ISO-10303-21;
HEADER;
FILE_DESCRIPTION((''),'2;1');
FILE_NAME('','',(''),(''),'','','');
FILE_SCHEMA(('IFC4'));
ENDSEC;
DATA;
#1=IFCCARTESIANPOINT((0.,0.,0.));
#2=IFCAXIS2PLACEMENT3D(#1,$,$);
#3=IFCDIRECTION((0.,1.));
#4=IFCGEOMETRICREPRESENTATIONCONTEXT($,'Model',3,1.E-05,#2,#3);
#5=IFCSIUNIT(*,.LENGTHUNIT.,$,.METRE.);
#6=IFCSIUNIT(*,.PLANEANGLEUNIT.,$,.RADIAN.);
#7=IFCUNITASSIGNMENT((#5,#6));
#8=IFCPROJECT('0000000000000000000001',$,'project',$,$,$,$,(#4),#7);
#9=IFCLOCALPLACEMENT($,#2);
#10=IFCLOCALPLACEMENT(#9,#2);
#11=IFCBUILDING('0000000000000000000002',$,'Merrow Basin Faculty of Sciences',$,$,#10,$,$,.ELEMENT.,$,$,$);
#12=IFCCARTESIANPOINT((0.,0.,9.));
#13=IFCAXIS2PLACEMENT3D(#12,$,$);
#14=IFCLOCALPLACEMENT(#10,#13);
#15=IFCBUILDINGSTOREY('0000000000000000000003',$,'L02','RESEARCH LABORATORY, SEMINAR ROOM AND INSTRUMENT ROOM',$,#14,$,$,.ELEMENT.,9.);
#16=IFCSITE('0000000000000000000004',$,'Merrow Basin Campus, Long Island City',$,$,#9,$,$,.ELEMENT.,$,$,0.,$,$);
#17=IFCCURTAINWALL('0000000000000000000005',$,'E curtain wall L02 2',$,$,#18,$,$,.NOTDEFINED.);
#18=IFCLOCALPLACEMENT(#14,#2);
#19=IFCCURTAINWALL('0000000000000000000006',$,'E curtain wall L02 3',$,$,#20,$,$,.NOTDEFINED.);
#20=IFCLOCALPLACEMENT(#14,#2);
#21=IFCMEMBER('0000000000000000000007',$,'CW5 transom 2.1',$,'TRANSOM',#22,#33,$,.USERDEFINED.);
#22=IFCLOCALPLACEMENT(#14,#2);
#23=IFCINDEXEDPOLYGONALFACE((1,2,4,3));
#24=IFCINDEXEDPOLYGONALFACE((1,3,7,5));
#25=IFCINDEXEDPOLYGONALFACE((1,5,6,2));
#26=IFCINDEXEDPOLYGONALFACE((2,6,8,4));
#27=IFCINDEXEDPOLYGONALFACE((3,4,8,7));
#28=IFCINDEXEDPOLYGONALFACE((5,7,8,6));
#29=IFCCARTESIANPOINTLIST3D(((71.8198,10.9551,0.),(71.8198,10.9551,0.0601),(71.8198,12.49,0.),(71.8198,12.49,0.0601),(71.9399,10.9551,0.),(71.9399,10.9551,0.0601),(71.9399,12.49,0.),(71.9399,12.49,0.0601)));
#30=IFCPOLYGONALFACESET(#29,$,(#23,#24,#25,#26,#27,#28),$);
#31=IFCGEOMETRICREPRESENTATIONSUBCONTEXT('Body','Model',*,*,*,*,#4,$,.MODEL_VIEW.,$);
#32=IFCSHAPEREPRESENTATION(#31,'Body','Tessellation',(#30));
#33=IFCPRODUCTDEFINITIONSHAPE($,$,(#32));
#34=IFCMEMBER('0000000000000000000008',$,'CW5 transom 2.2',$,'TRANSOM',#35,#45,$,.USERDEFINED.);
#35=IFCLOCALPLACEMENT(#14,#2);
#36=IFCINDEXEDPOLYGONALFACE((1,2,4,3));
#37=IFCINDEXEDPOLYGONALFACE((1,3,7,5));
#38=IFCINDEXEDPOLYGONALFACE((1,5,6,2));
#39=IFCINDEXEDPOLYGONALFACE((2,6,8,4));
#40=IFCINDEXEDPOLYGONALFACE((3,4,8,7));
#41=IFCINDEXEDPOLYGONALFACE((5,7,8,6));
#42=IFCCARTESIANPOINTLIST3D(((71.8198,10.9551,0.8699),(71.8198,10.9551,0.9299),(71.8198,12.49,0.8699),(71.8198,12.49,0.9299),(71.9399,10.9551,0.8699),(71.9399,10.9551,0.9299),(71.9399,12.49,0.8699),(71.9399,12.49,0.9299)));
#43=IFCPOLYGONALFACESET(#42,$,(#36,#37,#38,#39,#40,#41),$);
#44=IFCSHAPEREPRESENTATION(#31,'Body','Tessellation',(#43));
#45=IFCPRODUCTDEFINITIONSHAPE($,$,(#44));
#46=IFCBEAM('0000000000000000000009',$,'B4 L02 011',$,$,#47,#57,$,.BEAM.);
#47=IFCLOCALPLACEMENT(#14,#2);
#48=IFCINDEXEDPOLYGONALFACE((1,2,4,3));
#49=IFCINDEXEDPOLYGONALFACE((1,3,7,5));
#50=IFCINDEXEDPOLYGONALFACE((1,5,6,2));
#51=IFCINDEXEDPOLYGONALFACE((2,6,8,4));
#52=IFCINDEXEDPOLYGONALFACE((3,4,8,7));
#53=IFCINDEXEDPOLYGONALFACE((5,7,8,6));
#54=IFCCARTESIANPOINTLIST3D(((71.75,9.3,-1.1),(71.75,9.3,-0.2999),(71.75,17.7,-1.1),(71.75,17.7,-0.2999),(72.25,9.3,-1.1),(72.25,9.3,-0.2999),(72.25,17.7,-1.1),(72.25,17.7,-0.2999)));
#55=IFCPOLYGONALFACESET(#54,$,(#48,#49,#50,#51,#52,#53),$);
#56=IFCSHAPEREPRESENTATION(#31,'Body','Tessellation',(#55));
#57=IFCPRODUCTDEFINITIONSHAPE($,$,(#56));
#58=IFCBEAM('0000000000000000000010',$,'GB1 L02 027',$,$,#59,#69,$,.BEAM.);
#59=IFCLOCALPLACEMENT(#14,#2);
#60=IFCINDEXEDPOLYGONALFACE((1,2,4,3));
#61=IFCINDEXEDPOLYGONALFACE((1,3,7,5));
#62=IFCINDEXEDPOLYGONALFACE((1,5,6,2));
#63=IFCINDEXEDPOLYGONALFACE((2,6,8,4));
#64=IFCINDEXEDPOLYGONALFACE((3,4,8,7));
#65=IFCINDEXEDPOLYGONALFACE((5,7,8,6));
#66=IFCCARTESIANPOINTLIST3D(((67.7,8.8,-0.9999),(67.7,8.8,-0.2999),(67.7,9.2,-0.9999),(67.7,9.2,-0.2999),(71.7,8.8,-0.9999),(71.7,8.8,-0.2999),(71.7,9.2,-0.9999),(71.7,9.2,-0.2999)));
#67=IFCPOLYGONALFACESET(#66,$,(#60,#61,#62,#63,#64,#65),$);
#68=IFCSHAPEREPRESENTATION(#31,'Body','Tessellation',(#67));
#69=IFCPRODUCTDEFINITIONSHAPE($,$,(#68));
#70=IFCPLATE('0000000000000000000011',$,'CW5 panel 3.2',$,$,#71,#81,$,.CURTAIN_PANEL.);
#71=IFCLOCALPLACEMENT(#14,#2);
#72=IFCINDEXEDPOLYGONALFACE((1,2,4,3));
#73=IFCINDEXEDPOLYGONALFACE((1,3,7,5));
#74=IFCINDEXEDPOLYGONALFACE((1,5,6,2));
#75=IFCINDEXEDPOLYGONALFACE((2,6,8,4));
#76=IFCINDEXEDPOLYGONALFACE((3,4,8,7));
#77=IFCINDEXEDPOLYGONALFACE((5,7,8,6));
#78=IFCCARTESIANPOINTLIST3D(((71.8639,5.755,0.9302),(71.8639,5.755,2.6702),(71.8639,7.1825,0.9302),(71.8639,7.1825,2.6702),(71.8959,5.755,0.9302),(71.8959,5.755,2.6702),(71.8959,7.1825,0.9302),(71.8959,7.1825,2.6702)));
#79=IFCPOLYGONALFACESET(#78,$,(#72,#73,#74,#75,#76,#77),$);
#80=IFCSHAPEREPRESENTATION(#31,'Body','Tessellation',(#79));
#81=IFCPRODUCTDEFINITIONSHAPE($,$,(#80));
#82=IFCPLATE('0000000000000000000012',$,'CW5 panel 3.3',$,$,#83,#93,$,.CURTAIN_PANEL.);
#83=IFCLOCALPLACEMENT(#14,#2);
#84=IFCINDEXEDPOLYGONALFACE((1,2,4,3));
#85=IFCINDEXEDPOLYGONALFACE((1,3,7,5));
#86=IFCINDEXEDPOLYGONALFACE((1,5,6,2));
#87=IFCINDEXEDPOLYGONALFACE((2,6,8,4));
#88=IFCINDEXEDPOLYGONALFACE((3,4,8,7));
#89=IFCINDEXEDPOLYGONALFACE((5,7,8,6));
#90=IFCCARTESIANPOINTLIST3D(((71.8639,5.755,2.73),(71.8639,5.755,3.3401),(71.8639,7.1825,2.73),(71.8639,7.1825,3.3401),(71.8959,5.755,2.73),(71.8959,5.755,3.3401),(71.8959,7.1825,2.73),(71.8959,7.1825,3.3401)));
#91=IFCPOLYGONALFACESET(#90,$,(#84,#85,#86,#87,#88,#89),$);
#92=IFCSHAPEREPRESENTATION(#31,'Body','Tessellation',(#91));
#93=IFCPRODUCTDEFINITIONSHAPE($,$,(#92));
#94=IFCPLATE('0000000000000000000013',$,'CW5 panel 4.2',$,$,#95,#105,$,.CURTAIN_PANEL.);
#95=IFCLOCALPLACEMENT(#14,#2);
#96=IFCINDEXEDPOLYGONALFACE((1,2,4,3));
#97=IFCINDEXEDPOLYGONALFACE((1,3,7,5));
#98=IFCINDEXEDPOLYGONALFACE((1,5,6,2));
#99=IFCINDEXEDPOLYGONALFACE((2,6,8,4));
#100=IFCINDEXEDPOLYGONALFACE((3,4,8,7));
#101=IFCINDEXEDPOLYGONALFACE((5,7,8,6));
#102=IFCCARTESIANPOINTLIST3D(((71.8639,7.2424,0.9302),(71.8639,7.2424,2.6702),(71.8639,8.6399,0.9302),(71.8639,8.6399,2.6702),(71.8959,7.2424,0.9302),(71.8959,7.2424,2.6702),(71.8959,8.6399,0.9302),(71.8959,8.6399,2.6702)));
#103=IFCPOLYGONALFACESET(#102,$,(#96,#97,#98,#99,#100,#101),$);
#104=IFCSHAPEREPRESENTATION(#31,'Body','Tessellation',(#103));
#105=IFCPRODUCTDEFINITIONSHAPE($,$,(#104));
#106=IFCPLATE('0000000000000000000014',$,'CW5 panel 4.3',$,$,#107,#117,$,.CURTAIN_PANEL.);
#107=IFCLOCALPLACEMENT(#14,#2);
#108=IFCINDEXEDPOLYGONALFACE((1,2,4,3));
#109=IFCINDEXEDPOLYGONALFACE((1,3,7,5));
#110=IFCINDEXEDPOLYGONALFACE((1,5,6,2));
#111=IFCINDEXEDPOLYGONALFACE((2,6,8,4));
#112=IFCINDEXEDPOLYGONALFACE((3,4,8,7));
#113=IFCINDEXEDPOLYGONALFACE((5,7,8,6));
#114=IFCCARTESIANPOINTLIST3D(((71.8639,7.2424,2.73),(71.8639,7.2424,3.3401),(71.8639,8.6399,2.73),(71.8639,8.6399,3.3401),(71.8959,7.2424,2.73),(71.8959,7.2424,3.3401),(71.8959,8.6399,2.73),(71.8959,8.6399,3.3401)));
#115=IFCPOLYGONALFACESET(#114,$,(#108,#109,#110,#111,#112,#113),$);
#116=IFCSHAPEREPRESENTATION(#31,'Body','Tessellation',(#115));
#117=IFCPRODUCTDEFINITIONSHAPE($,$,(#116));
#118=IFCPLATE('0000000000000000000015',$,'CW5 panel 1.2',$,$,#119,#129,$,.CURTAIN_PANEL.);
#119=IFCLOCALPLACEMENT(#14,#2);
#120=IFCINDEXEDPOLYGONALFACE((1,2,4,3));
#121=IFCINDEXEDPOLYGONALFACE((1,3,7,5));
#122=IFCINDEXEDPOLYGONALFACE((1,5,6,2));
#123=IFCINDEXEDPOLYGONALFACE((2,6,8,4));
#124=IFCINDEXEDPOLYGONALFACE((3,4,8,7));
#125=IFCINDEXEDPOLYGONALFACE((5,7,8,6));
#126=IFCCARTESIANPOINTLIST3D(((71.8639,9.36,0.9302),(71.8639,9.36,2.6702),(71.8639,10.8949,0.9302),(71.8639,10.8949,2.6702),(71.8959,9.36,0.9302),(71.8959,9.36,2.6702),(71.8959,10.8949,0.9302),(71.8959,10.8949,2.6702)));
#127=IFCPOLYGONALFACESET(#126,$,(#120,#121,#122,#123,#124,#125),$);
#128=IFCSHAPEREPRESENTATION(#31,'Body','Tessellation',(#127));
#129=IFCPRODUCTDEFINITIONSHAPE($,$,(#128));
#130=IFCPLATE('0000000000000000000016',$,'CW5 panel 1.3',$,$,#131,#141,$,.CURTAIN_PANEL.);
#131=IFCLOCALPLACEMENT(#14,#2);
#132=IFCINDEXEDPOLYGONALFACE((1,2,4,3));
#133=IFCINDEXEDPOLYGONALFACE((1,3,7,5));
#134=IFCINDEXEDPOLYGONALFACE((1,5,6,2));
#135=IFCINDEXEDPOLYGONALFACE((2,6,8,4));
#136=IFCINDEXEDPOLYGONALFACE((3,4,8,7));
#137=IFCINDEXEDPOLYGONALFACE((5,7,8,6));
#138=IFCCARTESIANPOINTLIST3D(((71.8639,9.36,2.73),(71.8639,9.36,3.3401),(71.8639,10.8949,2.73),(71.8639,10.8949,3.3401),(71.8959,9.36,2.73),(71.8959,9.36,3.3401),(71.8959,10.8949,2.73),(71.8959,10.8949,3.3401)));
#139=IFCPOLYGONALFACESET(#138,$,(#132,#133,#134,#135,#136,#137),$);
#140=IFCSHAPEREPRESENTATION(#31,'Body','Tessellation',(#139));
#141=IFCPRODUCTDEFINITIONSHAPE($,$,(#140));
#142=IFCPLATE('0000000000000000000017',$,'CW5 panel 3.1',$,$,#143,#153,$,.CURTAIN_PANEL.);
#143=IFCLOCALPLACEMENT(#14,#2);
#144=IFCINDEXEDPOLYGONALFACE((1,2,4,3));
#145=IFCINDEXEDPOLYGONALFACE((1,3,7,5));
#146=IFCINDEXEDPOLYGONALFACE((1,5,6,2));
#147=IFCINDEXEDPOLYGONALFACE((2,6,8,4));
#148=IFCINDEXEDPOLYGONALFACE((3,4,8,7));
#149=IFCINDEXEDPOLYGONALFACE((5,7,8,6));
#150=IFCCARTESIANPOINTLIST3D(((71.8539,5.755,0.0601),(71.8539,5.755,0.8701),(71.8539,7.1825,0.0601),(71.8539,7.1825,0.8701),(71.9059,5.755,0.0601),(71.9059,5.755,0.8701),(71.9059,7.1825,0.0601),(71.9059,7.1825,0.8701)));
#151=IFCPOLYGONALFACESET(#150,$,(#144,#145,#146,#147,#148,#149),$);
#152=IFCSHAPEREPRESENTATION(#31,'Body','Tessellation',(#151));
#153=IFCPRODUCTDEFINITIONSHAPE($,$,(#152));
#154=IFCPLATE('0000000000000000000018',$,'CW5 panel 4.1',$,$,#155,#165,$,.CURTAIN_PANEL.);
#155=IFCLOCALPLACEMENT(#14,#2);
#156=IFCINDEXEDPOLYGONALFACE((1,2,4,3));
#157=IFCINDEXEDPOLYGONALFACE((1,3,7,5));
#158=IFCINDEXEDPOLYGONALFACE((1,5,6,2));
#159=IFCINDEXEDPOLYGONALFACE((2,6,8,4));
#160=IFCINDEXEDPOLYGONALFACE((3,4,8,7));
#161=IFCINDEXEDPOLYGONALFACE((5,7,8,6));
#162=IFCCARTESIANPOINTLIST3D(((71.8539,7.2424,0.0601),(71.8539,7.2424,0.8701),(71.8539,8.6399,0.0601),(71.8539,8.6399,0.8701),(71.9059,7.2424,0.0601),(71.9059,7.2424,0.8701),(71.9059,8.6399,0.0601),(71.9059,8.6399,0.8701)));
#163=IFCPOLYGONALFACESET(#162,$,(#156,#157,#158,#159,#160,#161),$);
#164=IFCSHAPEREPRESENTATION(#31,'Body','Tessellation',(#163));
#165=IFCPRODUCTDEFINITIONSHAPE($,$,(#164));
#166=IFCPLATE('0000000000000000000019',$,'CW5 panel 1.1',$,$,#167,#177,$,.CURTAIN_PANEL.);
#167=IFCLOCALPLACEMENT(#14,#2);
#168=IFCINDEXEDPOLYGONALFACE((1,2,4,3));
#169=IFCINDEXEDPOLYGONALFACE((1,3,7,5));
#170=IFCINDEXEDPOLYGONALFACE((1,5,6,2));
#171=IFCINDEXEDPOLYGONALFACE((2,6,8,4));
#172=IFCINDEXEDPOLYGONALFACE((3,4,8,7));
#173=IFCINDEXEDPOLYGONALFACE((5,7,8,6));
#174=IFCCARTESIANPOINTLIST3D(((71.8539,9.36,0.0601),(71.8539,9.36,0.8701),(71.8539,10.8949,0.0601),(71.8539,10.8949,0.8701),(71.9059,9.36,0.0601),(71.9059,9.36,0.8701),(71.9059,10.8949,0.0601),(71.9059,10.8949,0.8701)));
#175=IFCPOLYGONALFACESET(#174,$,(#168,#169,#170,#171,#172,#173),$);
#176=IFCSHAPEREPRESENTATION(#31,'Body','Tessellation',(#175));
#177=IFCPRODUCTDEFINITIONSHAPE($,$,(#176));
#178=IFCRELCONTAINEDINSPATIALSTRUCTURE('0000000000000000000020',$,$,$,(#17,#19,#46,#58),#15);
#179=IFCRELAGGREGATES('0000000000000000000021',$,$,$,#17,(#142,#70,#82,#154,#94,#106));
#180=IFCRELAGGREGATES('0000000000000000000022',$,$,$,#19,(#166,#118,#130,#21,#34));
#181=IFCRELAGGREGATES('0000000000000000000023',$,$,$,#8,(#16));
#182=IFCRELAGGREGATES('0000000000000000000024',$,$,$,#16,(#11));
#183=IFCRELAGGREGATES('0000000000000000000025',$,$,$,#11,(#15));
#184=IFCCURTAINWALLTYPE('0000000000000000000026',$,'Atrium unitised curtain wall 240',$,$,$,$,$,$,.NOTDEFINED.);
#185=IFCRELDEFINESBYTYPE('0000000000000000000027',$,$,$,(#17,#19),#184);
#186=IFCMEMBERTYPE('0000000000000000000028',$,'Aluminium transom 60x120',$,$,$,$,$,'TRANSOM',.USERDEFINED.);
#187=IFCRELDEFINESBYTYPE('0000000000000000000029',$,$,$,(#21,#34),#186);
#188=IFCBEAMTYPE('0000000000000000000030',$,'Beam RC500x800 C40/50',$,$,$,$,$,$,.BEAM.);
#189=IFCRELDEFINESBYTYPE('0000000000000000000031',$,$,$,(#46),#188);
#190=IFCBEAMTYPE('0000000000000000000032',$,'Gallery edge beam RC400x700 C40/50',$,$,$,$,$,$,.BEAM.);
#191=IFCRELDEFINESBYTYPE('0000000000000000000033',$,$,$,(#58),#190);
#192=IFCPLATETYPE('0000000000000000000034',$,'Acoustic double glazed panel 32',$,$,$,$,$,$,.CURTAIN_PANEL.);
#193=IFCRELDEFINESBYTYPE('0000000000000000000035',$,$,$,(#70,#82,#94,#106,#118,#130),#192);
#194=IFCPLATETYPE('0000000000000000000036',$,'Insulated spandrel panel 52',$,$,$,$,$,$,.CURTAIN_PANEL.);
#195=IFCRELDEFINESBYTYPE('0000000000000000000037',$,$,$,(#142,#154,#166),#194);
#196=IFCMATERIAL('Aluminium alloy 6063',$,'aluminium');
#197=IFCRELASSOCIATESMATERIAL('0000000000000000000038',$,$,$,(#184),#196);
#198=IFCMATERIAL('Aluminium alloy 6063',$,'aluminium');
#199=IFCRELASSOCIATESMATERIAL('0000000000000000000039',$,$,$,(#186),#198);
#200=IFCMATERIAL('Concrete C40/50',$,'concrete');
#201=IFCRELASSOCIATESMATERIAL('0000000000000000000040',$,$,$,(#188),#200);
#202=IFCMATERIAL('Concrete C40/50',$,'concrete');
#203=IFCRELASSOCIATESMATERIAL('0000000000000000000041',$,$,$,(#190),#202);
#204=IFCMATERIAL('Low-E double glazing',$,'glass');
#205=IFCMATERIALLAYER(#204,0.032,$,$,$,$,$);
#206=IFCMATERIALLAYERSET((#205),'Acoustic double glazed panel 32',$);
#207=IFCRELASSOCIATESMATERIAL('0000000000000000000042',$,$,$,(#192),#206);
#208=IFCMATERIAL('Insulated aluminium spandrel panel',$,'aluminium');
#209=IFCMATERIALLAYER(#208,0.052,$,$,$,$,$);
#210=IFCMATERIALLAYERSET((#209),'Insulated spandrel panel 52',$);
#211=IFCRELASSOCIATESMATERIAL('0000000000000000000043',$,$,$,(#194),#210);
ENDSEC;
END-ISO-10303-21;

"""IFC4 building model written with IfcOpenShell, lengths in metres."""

from ifc_helpers import new_model, si_unit, direction, frame, origin, origin_2d, place, context, subcontext, project, spatial, rectangle, extrude, material, layer, layer_set, material_profile, profile_set, type_object, element, aggregate, save


model = new_model("IFC4")

# Units and contexts
model_context = context("Model", 3, precision=1e-05, world=origin(), true_north=direction((0.0, 1.0)))
body_context = subcontext(model_context, "Body", "Model", "MODEL_VIEW")
ifc_project = project(units=[si_unit("LENGTHUNIT", "METRE"), si_unit("PLANEANGLEUNIT", "RADIAN")], contexts=[model_context])

# Site, building, storey
site_placement = place(None, origin())
site = spatial("IfcSite", under=ifc_project, at=site_placement, Name="Merrow Basin Campus, Long Island City", CompositionType="ELEMENT", RefElevation=0.0)
building_placement = place(site_placement, origin())
building = spatial("IfcBuilding", under=site, at=building_placement, Name="Merrow Basin Faculty of Sciences", CompositionType="ELEMENT")
storey_placement = place(building_placement, frame((0.0, 0.0, 9.0)))
storey = spatial("IfcBuildingStorey", under=building, at=storey_placement, Name="L02", Description="RESEARCH LABORATORY, SEMINAR ROOM AND INSTRUMENT ROOM", CompositionType="ELEMENT", Elevation=9.0)

# Curtain walls
ifc_material_1 = material(Name="Aluminium alloy 6063", Category="aluminium")
curtain_wall_type = type_object("IfcCurtainWallType", Name="Atrium unitised curtain wall 240", PredefinedType="NOTDEFINED", material=ifc_material_1)
curtain_wall_1_placement = place(storey_placement, origin())
curtain_wall_1 = element("IfcCurtainWall", 1, at=curtain_wall_1_placement, inside=storey, type_object=curtain_wall_type, Name="E curtain wall L02 2", PredefinedType="NOTDEFINED")
curtain_wall_2_placement = place(storey_placement, origin())
curtain_wall_2 = element("IfcCurtainWall", 2, at=curtain_wall_2_placement, inside=storey, type_object=curtain_wall_type, Name="E curtain wall L02 3", PredefinedType="NOTDEFINED")

# Members
ifc_material_2 = material(Name="Aluminium alloy 6063", Category="aluminium")
ifc_material_profile_1 = material_profile(ifc_material_2, rectangle(XDim=0.1201, YDim=0.0601, at=origin_2d()))
ifc_profile_set_1 = profile_set([ifc_material_profile_1], Name="Aluminium alloy 6063")
member_type_1 = type_object("IfcMemberType", Name="Aluminium transom 60x120", ElementType="TRANSOM", PredefinedType="USERDEFINED", material=ifc_profile_set_1)
member_1_placement = place(storey_placement, frame((71.8799, 10.9551, 0.03), z_axis=(0.0, 1.0, 0.0), x_axis=(-1.0, 0.0, 0.0)))
member_1 = element("IfcMember", 3, at=member_1_placement, type_object=member_type_1, Name="CW5 transom 2.1", ObjectType="TRANSOM", PredefinedType="USERDEFINED", context=body_context, shape_type="SweptSolid", body=[
    extrude(rectangle(XDim=0.1201, YDim=0.0601, at=origin_2d()), origin(), (0.0, 0.0, 1.0), 1.5349),
])
member_2_placement = place(storey_placement, frame((71.8799, 10.9551, 0.8999), z_axis=(0.0, 1.0, 0.0), x_axis=(-1.0, 0.0, 0.0)))
member_2 = element("IfcMember", 4, at=member_2_placement, type_object=member_type_1, Name="CW5 transom 2.2", ObjectType="TRANSOM", PredefinedType="USERDEFINED", context=body_context, shape_type="SweptSolid", body=[
    extrude(rectangle(XDim=0.1201, YDim=0.0601, at=origin_2d()), origin(), (0.0, 0.0, 1.0), 1.5349),
])

# Beams
ifc_material_3 = material(Name="Concrete C40/50", Category="concrete")
ifc_material_profile_2 = material_profile(ifc_material_3, rectangle(XDim=0.5, YDim=0.8, at=origin_2d()))
ifc_profile_set_2 = profile_set([ifc_material_profile_2], Name="Concrete C40/50")
beam_type_1 = type_object("IfcBeamType", Name="Beam RC500x800 C40/50", PredefinedType="BEAM", material=ifc_profile_set_2)
beam_1_placement = place(storey_placement, frame((72.0, 9.3, -0.7), z_axis=(0.0, 1.0, 0.0), x_axis=(-1.0, 0.0, 0.0)))
element("IfcBeam", 5, at=beam_1_placement, inside=storey, type_object=beam_type_1, Name="B4 L02 011", PredefinedType="BEAM", context=body_context, shape_type="SweptSolid", body=[
    extrude(rectangle(XDim=0.5, YDim=0.8, at=origin_2d()), origin(), (0.0, 0.0, 1.0), 8.3999),
])
ifc_material_4 = material(Name="Concrete C40/50", Category="concrete")
ifc_material_profile_3 = material_profile(ifc_material_4, rectangle(XDim=0.3999, YDim=0.7, at=origin_2d()))
ifc_profile_set_3 = profile_set([ifc_material_profile_3], Name="Concrete C40/50")
beam_type_2 = type_object("IfcBeamType", Name="Gallery edge beam RC400x700 C40/50", PredefinedType="BEAM", material=ifc_profile_set_3)
beam_2_placement = place(storey_placement, frame((67.7, 9.0, -0.6499), z_axis=(1.0, 0.0, 0.0), x_axis=(0.0, 1.0, 0.0)))
element("IfcBeam", 6, at=beam_2_placement, inside=storey, type_object=beam_type_2, Name="GB1 L02 027", PredefinedType="BEAM", context=body_context, shape_type="SweptSolid", body=[
    extrude(rectangle(XDim=0.3999, YDim=0.7, at=origin_2d()), origin(), (0.0, 0.0, 1.0), 4.0),
])

# Plates
ifc_material_5 = material(Name="Low-E double glazing", Category="glass")
ifc_layer_1 = layer(ifc_material_5, 0.032)
ifc_layer_set_1 = layer_set([ifc_layer_1], Name="Acoustic double glazed panel 32")
plate_type_1 = type_object("IfcPlateType", Name="Acoustic double glazed panel 32", PredefinedType="CURTAIN_PANEL", material=ifc_layer_set_1)
plate_1_placement = place(storey_placement, frame((71.8799, 6.4688, 0.9302), z_axis=(0.0, 0.0, 1.0), x_axis=(0.0, 1.0, 0.0)))
plate_1 = element("IfcPlate", 7, at=plate_1_placement, type_object=plate_type_1, Name="CW5 panel 3.2", PredefinedType="CURTAIN_PANEL", context=body_context, shape_type="SweptSolid", body=[
    extrude(rectangle(XDim=1.4275, YDim=0.032, at=origin_2d()), origin(), (0.0, 0.0, 1.0), 1.74),
])
plate_2_placement = place(storey_placement, frame((71.8799, 6.4688, 2.73), z_axis=(0.0, 0.0, 1.0), x_axis=(0.0, 1.0, 0.0)))
plate_2 = element("IfcPlate", 8, at=plate_2_placement, type_object=plate_type_1, Name="CW5 panel 3.3", PredefinedType="CURTAIN_PANEL", context=body_context, shape_type="SweptSolid", body=[
    extrude(rectangle(XDim=1.4275, YDim=0.032, at=origin_2d()), origin(), (0.0, 0.0, 1.0), 0.6101),
])
plate_3_placement = place(storey_placement, frame((71.8799, 7.9412, 0.9302), z_axis=(0.0, 0.0, 1.0), x_axis=(0.0, 1.0, 0.0)))
plate_3 = element("IfcPlate", 9, at=plate_3_placement, type_object=plate_type_1, Name="CW5 panel 4.2", PredefinedType="CURTAIN_PANEL", context=body_context, shape_type="SweptSolid", body=[
    extrude(rectangle(XDim=1.3975, YDim=0.032, at=origin_2d()), origin(), (0.0, 0.0, 1.0), 1.74),
])
plate_4_placement = place(storey_placement, frame((71.8799, 7.9412, 2.73), z_axis=(0.0, 0.0, 1.0), x_axis=(0.0, 1.0, 0.0)))
plate_4 = element("IfcPlate", 10, at=plate_4_placement, type_object=plate_type_1, Name="CW5 panel 4.3", PredefinedType="CURTAIN_PANEL", context=body_context, shape_type="SweptSolid", body=[
    extrude(rectangle(XDim=1.3975, YDim=0.032, at=origin_2d()), origin(), (0.0, 0.0, 1.0), 0.6101),
])
plate_5_placement = place(storey_placement, frame((71.8799, 10.1274, 0.9302), z_axis=(0.0, 0.0, 1.0), x_axis=(0.0, 1.0, 0.0)))
plate_5 = element("IfcPlate", 11, at=plate_5_placement, type_object=plate_type_1, Name="CW5 panel 1.2", PredefinedType="CURTAIN_PANEL", context=body_context, shape_type="SweptSolid", body=[
    extrude(rectangle(XDim=1.5349, YDim=0.032, at=origin_2d()), origin(), (0.0, 0.0, 1.0), 1.74),
])
plate_6_placement = place(storey_placement, frame((71.8799, 10.1274, 2.73), z_axis=(0.0, 0.0, 1.0), x_axis=(0.0, 1.0, 0.0)))
plate_6 = element("IfcPlate", 12, at=plate_6_placement, type_object=plate_type_1, Name="CW5 panel 1.3", PredefinedType="CURTAIN_PANEL", context=body_context, shape_type="SweptSolid", body=[
    extrude(rectangle(XDim=1.5349, YDim=0.032, at=origin_2d()), origin(), (0.0, 0.0, 1.0), 0.6101),
])
ifc_material_6 = material(Name="Insulated aluminium spandrel panel", Category="aluminium")
ifc_layer_2 = layer(ifc_material_6, 0.052)
ifc_layer_set_2 = layer_set([ifc_layer_2], Name="Insulated spandrel panel 52")
plate_type_2 = type_object("IfcPlateType", Name="Insulated spandrel panel 52", PredefinedType="CURTAIN_PANEL", material=ifc_layer_set_2)
plate_7_placement = place(storey_placement, frame((71.8799, 6.4688, 0.0601), z_axis=(0.0, 0.0, 1.0), x_axis=(0.0, 1.0, 0.0)))
plate_7 = element("IfcPlate", 13, at=plate_7_placement, type_object=plate_type_2, Name="CW5 panel 3.1", PredefinedType="CURTAIN_PANEL", context=body_context, shape_type="SweptSolid", body=[
    extrude(rectangle(XDim=1.4275, YDim=0.052, at=origin_2d()), origin(), (0.0, 0.0, 1.0), 0.8101),
])
plate_8_placement = place(storey_placement, frame((71.8799, 7.9412, 0.0601), z_axis=(0.0, 0.0, 1.0), x_axis=(0.0, 1.0, 0.0)))
plate_8 = element("IfcPlate", 14, at=plate_8_placement, type_object=plate_type_2, Name="CW5 panel 4.1", PredefinedType="CURTAIN_PANEL", context=body_context, shape_type="SweptSolid", body=[
    extrude(rectangle(XDim=1.3975, YDim=0.052, at=origin_2d()), origin(), (0.0, 0.0, 1.0), 0.8101),
])
aggregate(curtain_wall_1, [plate_7, plate_1, plate_2, plate_8, plate_3, plate_4])
plate_9_placement = place(storey_placement, frame((71.8799, 10.1274, 0.0601), z_axis=(0.0, 0.0, 1.0), x_axis=(0.0, 1.0, 0.0)))
plate_9 = element("IfcPlate", 15, at=plate_9_placement, type_object=plate_type_2, Name="CW5 panel 1.1", PredefinedType="CURTAIN_PANEL", context=body_context, shape_type="SweptSolid", body=[
    extrude(rectangle(XDim=1.5349, YDim=0.052, at=origin_2d()), origin(), (0.0, 0.0, 1.0), 0.8101),
])
aggregate(curtain_wall_2, [plate_9, plate_5, plate_6, member_1, member_2])

save(model, "model.ifc")
